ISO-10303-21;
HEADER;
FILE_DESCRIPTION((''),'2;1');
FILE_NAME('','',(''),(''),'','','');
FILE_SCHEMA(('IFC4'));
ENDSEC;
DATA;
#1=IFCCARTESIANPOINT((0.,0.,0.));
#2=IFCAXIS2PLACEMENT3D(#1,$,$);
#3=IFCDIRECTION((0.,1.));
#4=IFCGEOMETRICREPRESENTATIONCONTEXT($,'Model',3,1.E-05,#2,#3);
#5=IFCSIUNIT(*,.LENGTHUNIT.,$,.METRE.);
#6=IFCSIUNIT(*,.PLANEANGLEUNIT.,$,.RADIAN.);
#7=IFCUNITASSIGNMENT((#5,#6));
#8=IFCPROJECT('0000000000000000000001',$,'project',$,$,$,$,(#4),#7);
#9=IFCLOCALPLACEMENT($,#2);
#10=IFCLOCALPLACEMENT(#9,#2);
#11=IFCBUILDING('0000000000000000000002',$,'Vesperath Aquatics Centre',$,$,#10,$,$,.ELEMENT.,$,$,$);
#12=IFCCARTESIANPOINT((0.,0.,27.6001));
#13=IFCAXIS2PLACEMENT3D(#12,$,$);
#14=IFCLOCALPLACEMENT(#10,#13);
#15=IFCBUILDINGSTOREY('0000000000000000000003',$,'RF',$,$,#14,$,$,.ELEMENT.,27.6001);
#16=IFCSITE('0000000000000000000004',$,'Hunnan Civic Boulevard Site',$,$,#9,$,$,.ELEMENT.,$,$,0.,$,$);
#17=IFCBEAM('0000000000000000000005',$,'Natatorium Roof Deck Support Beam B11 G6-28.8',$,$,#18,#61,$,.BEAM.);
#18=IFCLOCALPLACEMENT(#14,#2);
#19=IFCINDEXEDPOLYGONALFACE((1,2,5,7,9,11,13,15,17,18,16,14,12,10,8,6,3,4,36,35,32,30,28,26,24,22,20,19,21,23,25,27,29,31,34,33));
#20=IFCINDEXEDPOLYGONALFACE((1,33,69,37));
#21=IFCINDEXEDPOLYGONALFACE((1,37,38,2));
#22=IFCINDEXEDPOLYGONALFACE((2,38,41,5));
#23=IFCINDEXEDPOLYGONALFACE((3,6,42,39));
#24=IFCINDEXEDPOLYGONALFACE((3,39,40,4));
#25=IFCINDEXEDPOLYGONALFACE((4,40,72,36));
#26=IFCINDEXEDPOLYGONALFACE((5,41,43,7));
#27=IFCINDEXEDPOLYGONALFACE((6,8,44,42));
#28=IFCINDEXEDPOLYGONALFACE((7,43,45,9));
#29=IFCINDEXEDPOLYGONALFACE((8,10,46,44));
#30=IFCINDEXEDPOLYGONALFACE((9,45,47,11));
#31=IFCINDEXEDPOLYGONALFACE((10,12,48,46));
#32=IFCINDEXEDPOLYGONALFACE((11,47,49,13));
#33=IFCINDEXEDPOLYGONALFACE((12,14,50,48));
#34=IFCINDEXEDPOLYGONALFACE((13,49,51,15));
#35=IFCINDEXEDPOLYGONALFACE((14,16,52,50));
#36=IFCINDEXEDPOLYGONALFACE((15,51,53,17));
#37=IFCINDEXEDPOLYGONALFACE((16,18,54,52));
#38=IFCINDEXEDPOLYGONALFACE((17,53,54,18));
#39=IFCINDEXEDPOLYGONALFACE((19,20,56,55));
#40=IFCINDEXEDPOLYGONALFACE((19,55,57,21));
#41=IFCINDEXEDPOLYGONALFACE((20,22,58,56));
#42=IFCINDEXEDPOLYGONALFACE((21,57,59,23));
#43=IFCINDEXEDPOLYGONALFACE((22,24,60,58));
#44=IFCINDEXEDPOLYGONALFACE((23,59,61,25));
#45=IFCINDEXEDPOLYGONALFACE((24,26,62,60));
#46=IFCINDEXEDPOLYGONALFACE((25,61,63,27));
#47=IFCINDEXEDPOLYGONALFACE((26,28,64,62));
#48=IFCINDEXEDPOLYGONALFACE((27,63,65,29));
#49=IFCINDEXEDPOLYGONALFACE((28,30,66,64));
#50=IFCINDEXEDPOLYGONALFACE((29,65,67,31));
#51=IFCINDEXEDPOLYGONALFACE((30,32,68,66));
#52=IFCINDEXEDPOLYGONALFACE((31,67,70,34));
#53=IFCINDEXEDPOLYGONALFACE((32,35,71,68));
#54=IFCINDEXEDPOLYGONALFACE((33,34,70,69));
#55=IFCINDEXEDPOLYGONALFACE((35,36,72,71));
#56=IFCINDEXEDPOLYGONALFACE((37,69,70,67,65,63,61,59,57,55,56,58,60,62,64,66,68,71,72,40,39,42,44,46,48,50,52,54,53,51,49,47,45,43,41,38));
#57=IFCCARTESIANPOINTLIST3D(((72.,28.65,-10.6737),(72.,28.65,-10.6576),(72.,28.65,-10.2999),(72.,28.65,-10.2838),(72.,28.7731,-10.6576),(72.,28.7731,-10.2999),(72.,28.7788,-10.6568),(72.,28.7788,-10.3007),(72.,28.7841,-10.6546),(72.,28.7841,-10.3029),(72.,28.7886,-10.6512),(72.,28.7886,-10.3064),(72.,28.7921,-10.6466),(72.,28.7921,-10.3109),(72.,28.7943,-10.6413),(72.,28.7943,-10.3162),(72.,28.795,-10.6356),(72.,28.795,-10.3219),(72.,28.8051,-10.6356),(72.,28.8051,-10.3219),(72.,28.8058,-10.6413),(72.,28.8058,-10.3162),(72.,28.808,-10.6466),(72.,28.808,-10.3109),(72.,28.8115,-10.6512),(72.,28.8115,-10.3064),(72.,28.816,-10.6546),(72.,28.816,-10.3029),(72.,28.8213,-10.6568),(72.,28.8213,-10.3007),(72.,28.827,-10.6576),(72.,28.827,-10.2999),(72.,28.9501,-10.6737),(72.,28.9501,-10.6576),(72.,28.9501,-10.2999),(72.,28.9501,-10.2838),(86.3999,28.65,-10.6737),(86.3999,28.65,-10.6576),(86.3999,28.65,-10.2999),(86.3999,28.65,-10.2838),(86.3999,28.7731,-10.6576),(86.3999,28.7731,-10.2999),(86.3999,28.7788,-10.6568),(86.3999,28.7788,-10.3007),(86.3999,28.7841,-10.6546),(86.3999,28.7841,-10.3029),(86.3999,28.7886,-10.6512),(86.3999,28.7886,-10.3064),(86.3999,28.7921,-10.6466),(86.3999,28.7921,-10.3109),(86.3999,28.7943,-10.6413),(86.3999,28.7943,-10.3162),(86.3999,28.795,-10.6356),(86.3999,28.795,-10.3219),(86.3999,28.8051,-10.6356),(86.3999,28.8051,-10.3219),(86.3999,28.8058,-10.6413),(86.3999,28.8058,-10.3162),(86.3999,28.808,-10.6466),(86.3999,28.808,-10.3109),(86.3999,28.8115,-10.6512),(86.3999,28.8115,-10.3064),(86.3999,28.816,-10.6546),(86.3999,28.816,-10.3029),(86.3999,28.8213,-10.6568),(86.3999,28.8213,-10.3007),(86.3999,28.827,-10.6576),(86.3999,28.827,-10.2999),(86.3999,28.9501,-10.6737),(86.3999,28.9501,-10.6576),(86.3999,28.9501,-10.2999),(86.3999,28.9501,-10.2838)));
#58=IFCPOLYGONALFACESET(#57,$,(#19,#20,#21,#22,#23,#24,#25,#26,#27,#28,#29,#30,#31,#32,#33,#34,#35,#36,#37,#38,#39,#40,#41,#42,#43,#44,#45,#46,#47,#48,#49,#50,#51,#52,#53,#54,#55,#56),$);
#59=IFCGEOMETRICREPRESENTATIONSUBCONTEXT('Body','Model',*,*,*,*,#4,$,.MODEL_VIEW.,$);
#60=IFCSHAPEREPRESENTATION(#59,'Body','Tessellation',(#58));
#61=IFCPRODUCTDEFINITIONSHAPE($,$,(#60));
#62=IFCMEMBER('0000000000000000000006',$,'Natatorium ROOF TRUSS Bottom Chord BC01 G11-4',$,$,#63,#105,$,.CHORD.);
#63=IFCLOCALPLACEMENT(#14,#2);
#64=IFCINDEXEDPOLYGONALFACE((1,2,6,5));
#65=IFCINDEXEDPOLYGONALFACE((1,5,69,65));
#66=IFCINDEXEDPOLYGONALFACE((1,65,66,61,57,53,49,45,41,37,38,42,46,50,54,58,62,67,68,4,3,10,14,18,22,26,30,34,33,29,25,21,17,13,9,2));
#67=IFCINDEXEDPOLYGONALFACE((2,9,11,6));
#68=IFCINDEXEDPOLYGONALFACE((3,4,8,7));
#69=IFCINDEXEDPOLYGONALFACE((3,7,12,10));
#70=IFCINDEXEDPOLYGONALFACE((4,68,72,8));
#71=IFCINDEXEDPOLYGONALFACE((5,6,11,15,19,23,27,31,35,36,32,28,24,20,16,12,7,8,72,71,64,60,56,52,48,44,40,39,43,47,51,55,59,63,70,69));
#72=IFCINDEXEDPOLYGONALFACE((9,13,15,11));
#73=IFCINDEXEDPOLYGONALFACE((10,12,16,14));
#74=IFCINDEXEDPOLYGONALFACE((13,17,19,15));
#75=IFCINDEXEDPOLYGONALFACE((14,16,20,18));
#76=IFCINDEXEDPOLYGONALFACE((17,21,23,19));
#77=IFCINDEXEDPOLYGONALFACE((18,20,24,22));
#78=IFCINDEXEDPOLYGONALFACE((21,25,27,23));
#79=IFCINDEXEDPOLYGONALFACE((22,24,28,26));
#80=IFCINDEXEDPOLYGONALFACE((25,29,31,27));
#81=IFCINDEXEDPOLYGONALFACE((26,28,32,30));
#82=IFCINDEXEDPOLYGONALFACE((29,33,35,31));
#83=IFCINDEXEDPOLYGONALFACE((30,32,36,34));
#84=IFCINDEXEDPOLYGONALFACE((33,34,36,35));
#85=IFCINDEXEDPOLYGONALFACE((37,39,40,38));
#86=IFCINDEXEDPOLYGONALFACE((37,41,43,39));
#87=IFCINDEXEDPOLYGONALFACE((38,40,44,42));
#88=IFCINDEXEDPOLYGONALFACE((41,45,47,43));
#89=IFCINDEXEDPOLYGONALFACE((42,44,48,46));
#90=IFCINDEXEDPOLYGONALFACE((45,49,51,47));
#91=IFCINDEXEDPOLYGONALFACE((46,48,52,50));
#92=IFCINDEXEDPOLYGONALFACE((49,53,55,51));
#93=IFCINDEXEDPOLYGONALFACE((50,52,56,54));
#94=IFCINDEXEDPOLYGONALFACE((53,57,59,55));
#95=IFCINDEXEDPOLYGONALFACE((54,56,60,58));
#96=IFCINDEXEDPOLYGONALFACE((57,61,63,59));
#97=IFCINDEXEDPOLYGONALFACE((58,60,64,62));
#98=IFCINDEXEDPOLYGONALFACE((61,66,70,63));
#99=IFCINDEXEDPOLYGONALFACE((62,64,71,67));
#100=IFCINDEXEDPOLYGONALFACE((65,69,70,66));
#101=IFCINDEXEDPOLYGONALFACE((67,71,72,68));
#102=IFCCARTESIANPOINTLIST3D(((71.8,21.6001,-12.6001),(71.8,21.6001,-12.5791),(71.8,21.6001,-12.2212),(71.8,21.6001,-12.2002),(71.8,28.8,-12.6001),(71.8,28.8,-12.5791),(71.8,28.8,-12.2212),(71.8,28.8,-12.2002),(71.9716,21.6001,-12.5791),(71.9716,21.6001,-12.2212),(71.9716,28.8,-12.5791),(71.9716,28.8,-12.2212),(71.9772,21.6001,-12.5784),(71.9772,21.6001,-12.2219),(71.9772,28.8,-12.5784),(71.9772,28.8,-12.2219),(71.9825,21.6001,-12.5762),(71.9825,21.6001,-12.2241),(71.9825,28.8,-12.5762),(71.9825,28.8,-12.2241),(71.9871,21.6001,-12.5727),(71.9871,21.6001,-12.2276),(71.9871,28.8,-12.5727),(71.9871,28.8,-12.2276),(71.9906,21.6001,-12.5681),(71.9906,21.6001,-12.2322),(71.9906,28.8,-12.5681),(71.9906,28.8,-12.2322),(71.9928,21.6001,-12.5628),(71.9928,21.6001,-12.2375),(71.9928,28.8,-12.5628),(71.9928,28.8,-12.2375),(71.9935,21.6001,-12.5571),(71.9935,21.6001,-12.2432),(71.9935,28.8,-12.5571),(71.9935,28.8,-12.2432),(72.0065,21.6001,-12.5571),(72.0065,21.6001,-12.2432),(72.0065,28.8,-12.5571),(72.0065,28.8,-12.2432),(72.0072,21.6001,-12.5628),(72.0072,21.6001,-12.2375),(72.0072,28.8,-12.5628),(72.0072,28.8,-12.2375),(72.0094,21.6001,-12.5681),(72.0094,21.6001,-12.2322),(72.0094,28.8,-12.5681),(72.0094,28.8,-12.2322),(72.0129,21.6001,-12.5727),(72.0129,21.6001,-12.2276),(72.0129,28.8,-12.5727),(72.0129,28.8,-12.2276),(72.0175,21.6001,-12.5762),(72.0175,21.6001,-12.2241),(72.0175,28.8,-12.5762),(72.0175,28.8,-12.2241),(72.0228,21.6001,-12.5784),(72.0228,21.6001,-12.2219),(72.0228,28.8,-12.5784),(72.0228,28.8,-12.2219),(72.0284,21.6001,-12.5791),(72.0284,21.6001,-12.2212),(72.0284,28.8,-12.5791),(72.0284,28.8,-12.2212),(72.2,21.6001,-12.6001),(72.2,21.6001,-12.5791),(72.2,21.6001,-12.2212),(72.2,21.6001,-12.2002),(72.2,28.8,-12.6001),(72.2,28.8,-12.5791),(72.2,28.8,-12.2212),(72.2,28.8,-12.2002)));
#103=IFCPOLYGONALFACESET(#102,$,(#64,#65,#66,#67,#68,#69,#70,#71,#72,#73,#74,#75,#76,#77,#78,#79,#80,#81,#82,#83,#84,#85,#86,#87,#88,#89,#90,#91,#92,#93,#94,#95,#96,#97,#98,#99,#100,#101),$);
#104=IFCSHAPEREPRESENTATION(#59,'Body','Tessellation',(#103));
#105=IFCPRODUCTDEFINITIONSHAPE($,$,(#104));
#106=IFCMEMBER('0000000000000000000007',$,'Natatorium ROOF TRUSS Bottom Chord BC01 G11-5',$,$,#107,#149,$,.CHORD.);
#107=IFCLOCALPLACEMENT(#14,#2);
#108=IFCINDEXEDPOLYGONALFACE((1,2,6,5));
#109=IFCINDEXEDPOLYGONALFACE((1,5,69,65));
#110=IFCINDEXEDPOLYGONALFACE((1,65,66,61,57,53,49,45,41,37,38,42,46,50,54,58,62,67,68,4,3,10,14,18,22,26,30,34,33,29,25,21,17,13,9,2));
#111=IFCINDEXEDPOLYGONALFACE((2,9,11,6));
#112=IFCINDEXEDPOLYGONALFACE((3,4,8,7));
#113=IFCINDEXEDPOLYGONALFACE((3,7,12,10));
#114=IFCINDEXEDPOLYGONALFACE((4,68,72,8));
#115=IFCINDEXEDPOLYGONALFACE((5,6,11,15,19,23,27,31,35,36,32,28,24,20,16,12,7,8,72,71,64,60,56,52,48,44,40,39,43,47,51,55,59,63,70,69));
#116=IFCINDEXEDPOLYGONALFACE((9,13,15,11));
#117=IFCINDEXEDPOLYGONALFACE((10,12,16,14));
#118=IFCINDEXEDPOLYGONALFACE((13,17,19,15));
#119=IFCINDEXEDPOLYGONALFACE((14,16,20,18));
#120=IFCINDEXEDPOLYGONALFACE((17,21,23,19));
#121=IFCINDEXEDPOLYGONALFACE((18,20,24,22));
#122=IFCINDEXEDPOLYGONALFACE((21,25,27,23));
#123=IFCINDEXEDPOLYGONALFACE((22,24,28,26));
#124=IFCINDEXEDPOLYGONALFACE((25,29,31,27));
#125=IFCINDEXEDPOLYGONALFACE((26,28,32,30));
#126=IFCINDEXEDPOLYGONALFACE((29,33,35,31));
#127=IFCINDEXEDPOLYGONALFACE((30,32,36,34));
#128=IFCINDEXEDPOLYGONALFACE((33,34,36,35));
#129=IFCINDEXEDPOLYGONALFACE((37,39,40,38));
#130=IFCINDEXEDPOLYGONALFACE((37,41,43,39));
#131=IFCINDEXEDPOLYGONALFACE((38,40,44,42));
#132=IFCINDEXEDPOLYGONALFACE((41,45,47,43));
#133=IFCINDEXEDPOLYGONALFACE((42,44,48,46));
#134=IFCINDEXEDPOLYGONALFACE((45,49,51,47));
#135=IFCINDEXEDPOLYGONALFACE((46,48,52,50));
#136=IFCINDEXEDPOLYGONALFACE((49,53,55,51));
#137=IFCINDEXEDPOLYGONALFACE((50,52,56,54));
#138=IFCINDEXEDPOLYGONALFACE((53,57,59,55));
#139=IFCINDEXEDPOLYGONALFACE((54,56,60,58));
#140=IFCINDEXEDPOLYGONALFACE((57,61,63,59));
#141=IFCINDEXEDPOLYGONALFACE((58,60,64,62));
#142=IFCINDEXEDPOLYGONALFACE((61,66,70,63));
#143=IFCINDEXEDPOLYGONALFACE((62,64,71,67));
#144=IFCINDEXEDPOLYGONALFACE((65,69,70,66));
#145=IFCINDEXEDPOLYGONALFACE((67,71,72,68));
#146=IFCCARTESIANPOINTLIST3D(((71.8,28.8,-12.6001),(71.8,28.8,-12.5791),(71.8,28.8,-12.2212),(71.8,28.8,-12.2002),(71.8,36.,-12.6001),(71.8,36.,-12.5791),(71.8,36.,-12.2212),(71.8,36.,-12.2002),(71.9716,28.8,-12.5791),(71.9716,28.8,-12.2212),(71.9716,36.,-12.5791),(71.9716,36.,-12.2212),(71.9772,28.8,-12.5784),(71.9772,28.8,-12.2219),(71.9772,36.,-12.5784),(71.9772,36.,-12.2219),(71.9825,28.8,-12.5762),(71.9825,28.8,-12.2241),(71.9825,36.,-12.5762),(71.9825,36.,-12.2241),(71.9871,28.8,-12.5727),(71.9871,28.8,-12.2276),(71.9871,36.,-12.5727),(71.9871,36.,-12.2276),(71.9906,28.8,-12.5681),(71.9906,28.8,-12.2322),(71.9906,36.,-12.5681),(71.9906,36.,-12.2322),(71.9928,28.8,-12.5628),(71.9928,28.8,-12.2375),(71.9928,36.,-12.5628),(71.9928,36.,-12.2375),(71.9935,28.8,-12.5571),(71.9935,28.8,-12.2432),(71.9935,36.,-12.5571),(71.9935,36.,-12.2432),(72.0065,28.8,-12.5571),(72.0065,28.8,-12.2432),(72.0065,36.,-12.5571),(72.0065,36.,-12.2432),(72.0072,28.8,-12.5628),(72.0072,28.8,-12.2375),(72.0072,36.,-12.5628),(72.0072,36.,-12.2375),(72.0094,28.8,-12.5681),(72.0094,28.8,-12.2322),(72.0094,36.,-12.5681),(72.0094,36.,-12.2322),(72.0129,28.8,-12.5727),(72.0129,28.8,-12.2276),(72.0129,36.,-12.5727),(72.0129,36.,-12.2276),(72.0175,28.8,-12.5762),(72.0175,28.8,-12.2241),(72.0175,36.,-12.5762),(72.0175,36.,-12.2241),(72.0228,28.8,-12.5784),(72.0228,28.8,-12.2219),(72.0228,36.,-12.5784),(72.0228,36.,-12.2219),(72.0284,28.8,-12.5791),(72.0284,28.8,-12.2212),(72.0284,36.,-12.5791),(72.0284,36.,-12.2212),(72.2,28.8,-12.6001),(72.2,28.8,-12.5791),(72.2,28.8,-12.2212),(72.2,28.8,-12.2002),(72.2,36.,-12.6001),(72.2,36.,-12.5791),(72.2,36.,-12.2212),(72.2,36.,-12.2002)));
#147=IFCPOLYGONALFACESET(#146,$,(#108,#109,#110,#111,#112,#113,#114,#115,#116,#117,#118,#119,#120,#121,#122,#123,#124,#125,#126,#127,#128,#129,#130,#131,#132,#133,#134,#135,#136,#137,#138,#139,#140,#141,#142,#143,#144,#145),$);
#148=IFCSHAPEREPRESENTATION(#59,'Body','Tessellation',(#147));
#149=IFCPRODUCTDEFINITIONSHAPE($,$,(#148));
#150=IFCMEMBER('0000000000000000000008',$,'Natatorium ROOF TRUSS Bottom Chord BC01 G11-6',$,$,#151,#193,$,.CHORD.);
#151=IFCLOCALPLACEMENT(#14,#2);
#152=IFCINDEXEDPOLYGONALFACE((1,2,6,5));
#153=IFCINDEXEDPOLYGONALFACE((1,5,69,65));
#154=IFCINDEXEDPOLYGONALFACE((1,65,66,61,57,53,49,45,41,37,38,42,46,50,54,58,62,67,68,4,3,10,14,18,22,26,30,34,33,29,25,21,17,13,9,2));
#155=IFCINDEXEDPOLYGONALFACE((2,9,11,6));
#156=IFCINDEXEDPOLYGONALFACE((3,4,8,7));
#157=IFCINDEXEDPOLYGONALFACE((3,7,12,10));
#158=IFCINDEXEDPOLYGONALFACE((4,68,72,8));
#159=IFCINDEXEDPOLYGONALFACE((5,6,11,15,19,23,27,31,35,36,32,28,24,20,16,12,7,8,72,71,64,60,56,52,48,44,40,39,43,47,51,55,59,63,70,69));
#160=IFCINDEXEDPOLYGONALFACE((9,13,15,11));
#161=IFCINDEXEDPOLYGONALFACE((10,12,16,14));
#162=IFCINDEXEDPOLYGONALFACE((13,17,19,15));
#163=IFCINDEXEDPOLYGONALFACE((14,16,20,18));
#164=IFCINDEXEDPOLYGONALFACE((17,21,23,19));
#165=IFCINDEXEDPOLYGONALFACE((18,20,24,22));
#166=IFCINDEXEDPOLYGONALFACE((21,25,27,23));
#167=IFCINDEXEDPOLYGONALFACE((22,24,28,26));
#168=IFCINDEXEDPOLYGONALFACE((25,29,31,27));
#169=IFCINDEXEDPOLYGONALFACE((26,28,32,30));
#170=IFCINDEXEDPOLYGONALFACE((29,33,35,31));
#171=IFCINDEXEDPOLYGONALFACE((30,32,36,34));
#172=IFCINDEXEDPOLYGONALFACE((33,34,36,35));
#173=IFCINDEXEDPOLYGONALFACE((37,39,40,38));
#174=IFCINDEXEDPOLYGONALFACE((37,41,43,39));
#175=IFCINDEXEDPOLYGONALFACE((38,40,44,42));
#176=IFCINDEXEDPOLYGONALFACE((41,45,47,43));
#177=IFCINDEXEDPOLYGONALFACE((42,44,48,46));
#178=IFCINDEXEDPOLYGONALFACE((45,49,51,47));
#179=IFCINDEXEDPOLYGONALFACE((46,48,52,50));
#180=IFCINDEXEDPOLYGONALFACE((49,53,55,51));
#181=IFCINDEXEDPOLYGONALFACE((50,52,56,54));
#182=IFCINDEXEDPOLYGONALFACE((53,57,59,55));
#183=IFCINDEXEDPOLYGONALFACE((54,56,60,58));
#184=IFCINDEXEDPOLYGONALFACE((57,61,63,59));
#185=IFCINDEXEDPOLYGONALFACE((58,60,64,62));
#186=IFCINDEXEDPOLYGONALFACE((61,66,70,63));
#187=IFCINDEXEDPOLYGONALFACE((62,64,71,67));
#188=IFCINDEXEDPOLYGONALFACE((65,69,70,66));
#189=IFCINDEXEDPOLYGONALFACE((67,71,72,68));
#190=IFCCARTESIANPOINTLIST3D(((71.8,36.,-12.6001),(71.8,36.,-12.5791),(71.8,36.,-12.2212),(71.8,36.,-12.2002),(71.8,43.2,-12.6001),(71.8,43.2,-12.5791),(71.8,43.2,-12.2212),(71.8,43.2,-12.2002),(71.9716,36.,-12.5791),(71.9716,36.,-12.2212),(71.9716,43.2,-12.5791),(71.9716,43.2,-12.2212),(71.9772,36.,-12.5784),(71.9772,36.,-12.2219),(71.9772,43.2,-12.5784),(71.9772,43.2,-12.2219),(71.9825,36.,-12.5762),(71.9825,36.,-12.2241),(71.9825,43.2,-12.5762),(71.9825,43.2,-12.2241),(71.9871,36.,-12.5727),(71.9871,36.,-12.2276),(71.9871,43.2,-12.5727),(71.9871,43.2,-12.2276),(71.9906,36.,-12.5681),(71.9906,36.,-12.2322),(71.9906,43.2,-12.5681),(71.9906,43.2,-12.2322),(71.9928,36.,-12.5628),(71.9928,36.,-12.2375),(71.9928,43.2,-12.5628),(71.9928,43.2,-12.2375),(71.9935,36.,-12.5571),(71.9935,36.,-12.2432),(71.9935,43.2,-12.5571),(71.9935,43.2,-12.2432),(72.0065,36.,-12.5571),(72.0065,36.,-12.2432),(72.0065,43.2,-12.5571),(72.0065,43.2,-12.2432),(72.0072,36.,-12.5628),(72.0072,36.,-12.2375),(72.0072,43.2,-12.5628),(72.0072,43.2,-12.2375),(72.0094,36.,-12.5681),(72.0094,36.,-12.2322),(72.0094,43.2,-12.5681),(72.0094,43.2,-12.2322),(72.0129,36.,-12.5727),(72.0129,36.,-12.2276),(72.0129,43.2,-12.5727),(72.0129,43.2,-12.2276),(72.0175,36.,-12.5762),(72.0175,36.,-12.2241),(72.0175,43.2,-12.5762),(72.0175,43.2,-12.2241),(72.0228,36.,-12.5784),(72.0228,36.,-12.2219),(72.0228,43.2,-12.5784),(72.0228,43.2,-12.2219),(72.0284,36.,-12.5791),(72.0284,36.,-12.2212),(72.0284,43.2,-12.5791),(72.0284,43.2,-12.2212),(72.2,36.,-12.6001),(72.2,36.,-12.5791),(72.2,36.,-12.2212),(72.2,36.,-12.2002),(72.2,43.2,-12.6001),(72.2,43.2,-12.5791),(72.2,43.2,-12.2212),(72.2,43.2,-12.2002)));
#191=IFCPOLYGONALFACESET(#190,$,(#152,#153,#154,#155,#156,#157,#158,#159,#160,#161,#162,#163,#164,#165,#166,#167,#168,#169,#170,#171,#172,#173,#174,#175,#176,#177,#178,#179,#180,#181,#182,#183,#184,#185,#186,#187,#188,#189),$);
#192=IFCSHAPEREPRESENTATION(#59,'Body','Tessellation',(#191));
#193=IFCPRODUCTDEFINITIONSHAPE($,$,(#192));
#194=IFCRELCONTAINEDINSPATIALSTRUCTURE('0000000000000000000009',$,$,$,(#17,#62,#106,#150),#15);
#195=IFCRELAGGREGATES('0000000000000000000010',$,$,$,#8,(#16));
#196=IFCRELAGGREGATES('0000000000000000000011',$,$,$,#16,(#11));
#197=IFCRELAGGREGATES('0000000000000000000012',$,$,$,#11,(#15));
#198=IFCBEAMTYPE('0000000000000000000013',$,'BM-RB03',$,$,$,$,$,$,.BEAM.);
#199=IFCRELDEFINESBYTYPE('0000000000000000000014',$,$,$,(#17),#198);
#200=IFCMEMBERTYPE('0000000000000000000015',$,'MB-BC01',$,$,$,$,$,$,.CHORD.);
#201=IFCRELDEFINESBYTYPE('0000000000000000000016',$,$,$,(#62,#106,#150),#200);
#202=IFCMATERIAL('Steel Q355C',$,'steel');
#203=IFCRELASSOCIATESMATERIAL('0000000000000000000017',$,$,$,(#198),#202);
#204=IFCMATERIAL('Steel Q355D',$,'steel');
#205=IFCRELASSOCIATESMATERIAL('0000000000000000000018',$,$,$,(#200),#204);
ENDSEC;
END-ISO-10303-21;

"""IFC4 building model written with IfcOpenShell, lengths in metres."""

from ifc_helpers import new_model, si_unit, direction, frame, origin, origin_2d, place, context, subcontext, project, spatial, i_section, extrude, material, material_profile, profile_set, type_object, element, save


model = new_model("IFC4")

# Units and contexts
model_context = context("Model", 3, precision=1e-05, world=origin(), true_north=direction((0.0, 1.0)))
body_context = subcontext(model_context, "Body", "Model", "MODEL_VIEW")
ifc_project = project(units=[si_unit("LENGTHUNIT", "METRE"), si_unit("PLANEANGLEUNIT", "RADIAN")], contexts=[model_context])

# Site, building, storey
site_placement = place(None, origin())
site = spatial("IfcSite", under=ifc_project, at=site_placement, Name="Hunnan Civic Boulevard Site", CompositionType="ELEMENT", RefElevation=0.0)
building_placement = place(site_placement, origin())
building = spatial("IfcBuilding", under=site, at=building_placement, Name="Vesperath Aquatics Centre", CompositionType="ELEMENT")
storey_placement = place(building_placement, frame((0.0, 0.0, 27.6001)))
storey = spatial("IfcBuildingStorey", under=building, at=storey_placement, Name="RF", CompositionType="ELEMENT", Elevation=27.6001)

# Beam
ifc_material_1 = material(Name="Steel Q355C", Category="steel")
ifc_material_profile_1 = material_profile(ifc_material_1, i_section(OverallWidth=0.3, OverallDepth=0.3899, WebThickness=0.01, FlangeThickness=0.0161, FilletRadius=0.022, at=origin_2d()), Name="HM 390x300x10x16")
ifc_profile_set_1 = profile_set([ifc_material_profile_1], Name="Steel Q355C")
beam_type = type_object("IfcBeamType", Name="BM-RB03", PredefinedType="BEAM", material=ifc_profile_set_1)
beam_placement = place(storey_placement, frame((72.0, 28.8, -10.4788), z_axis=(1.0, 0.0, 0.0), x_axis=(0.0, 1.0, 0.0)))
element("IfcBeam", 1, at=beam_placement, inside=storey, type_object=beam_type, Name="Natatorium Roof Deck Support Beam B11 G6-28.8", PredefinedType="BEAM", context=body_context, shape_type="SweptSolid", body=[
    extrude(i_section(OverallWidth=0.3, OverallDepth=0.3899, WebThickness=0.01, FlangeThickness=0.0161, FilletRadius=0.022, at=origin_2d()), origin(), (0.0, 0.0, 1.0), 14.3999),
])

# Members
ifc_material_2 = material(Name="Steel Q355D", Category="steel")
ifc_material_profile_2 = material_profile(ifc_material_2, i_section(OverallWidth=0.3999, OverallDepth=0.3999, WebThickness=0.0129, FlangeThickness=0.021, FilletRadius=0.022, at=origin_2d()), Name="HW 400x400x13x21")
ifc_profile_set_2 = profile_set([ifc_material_profile_2], Name="Steel Q355D")
member_type_1 = type_object("IfcMemberType", Name="MB-BC01", PredefinedType="CHORD", material=ifc_profile_set_2)
for number, where, z_axis, x_axis, name in (
    (2, (72.0, 21.6001, -12.4001), (0.0, 1.0, 0.0), (-1.0, 0.0, 0.0), "Natatorium ROOF TRUSS Bottom Chord BC01 G11-4"),
    (3, (72.0, 28.8, -12.4001), (0.0, 1.0, 0.0), (-1.0, 0.0, 0.0), "Natatorium ROOF TRUSS Bottom Chord BC01 G11-5"),
    (4, (72.0, 36.0, -12.4001), (0.0, 1.0, 0.0), (-1.0, 0.0, 0.0), "Natatorium ROOF TRUSS Bottom Chord BC01 G11-6"),
):
    element("IfcMember", number, at=place(storey_placement, frame(where, z_axis=z_axis, x_axis=x_axis)), inside=storey, type_object=member_type_1, Name=name, PredefinedType="CHORD", context=body_context, shape_type="SweptSolid", body=[
        extrude(i_section(OverallWidth=0.3999, OverallDepth=0.3999, WebThickness=0.0129, FlangeThickness=0.021, FilletRadius=0.022, at=origin_2d()), origin(), (0.0, 0.0, 1.0), 7.2),
    ])

save(model, "model.ifc")
